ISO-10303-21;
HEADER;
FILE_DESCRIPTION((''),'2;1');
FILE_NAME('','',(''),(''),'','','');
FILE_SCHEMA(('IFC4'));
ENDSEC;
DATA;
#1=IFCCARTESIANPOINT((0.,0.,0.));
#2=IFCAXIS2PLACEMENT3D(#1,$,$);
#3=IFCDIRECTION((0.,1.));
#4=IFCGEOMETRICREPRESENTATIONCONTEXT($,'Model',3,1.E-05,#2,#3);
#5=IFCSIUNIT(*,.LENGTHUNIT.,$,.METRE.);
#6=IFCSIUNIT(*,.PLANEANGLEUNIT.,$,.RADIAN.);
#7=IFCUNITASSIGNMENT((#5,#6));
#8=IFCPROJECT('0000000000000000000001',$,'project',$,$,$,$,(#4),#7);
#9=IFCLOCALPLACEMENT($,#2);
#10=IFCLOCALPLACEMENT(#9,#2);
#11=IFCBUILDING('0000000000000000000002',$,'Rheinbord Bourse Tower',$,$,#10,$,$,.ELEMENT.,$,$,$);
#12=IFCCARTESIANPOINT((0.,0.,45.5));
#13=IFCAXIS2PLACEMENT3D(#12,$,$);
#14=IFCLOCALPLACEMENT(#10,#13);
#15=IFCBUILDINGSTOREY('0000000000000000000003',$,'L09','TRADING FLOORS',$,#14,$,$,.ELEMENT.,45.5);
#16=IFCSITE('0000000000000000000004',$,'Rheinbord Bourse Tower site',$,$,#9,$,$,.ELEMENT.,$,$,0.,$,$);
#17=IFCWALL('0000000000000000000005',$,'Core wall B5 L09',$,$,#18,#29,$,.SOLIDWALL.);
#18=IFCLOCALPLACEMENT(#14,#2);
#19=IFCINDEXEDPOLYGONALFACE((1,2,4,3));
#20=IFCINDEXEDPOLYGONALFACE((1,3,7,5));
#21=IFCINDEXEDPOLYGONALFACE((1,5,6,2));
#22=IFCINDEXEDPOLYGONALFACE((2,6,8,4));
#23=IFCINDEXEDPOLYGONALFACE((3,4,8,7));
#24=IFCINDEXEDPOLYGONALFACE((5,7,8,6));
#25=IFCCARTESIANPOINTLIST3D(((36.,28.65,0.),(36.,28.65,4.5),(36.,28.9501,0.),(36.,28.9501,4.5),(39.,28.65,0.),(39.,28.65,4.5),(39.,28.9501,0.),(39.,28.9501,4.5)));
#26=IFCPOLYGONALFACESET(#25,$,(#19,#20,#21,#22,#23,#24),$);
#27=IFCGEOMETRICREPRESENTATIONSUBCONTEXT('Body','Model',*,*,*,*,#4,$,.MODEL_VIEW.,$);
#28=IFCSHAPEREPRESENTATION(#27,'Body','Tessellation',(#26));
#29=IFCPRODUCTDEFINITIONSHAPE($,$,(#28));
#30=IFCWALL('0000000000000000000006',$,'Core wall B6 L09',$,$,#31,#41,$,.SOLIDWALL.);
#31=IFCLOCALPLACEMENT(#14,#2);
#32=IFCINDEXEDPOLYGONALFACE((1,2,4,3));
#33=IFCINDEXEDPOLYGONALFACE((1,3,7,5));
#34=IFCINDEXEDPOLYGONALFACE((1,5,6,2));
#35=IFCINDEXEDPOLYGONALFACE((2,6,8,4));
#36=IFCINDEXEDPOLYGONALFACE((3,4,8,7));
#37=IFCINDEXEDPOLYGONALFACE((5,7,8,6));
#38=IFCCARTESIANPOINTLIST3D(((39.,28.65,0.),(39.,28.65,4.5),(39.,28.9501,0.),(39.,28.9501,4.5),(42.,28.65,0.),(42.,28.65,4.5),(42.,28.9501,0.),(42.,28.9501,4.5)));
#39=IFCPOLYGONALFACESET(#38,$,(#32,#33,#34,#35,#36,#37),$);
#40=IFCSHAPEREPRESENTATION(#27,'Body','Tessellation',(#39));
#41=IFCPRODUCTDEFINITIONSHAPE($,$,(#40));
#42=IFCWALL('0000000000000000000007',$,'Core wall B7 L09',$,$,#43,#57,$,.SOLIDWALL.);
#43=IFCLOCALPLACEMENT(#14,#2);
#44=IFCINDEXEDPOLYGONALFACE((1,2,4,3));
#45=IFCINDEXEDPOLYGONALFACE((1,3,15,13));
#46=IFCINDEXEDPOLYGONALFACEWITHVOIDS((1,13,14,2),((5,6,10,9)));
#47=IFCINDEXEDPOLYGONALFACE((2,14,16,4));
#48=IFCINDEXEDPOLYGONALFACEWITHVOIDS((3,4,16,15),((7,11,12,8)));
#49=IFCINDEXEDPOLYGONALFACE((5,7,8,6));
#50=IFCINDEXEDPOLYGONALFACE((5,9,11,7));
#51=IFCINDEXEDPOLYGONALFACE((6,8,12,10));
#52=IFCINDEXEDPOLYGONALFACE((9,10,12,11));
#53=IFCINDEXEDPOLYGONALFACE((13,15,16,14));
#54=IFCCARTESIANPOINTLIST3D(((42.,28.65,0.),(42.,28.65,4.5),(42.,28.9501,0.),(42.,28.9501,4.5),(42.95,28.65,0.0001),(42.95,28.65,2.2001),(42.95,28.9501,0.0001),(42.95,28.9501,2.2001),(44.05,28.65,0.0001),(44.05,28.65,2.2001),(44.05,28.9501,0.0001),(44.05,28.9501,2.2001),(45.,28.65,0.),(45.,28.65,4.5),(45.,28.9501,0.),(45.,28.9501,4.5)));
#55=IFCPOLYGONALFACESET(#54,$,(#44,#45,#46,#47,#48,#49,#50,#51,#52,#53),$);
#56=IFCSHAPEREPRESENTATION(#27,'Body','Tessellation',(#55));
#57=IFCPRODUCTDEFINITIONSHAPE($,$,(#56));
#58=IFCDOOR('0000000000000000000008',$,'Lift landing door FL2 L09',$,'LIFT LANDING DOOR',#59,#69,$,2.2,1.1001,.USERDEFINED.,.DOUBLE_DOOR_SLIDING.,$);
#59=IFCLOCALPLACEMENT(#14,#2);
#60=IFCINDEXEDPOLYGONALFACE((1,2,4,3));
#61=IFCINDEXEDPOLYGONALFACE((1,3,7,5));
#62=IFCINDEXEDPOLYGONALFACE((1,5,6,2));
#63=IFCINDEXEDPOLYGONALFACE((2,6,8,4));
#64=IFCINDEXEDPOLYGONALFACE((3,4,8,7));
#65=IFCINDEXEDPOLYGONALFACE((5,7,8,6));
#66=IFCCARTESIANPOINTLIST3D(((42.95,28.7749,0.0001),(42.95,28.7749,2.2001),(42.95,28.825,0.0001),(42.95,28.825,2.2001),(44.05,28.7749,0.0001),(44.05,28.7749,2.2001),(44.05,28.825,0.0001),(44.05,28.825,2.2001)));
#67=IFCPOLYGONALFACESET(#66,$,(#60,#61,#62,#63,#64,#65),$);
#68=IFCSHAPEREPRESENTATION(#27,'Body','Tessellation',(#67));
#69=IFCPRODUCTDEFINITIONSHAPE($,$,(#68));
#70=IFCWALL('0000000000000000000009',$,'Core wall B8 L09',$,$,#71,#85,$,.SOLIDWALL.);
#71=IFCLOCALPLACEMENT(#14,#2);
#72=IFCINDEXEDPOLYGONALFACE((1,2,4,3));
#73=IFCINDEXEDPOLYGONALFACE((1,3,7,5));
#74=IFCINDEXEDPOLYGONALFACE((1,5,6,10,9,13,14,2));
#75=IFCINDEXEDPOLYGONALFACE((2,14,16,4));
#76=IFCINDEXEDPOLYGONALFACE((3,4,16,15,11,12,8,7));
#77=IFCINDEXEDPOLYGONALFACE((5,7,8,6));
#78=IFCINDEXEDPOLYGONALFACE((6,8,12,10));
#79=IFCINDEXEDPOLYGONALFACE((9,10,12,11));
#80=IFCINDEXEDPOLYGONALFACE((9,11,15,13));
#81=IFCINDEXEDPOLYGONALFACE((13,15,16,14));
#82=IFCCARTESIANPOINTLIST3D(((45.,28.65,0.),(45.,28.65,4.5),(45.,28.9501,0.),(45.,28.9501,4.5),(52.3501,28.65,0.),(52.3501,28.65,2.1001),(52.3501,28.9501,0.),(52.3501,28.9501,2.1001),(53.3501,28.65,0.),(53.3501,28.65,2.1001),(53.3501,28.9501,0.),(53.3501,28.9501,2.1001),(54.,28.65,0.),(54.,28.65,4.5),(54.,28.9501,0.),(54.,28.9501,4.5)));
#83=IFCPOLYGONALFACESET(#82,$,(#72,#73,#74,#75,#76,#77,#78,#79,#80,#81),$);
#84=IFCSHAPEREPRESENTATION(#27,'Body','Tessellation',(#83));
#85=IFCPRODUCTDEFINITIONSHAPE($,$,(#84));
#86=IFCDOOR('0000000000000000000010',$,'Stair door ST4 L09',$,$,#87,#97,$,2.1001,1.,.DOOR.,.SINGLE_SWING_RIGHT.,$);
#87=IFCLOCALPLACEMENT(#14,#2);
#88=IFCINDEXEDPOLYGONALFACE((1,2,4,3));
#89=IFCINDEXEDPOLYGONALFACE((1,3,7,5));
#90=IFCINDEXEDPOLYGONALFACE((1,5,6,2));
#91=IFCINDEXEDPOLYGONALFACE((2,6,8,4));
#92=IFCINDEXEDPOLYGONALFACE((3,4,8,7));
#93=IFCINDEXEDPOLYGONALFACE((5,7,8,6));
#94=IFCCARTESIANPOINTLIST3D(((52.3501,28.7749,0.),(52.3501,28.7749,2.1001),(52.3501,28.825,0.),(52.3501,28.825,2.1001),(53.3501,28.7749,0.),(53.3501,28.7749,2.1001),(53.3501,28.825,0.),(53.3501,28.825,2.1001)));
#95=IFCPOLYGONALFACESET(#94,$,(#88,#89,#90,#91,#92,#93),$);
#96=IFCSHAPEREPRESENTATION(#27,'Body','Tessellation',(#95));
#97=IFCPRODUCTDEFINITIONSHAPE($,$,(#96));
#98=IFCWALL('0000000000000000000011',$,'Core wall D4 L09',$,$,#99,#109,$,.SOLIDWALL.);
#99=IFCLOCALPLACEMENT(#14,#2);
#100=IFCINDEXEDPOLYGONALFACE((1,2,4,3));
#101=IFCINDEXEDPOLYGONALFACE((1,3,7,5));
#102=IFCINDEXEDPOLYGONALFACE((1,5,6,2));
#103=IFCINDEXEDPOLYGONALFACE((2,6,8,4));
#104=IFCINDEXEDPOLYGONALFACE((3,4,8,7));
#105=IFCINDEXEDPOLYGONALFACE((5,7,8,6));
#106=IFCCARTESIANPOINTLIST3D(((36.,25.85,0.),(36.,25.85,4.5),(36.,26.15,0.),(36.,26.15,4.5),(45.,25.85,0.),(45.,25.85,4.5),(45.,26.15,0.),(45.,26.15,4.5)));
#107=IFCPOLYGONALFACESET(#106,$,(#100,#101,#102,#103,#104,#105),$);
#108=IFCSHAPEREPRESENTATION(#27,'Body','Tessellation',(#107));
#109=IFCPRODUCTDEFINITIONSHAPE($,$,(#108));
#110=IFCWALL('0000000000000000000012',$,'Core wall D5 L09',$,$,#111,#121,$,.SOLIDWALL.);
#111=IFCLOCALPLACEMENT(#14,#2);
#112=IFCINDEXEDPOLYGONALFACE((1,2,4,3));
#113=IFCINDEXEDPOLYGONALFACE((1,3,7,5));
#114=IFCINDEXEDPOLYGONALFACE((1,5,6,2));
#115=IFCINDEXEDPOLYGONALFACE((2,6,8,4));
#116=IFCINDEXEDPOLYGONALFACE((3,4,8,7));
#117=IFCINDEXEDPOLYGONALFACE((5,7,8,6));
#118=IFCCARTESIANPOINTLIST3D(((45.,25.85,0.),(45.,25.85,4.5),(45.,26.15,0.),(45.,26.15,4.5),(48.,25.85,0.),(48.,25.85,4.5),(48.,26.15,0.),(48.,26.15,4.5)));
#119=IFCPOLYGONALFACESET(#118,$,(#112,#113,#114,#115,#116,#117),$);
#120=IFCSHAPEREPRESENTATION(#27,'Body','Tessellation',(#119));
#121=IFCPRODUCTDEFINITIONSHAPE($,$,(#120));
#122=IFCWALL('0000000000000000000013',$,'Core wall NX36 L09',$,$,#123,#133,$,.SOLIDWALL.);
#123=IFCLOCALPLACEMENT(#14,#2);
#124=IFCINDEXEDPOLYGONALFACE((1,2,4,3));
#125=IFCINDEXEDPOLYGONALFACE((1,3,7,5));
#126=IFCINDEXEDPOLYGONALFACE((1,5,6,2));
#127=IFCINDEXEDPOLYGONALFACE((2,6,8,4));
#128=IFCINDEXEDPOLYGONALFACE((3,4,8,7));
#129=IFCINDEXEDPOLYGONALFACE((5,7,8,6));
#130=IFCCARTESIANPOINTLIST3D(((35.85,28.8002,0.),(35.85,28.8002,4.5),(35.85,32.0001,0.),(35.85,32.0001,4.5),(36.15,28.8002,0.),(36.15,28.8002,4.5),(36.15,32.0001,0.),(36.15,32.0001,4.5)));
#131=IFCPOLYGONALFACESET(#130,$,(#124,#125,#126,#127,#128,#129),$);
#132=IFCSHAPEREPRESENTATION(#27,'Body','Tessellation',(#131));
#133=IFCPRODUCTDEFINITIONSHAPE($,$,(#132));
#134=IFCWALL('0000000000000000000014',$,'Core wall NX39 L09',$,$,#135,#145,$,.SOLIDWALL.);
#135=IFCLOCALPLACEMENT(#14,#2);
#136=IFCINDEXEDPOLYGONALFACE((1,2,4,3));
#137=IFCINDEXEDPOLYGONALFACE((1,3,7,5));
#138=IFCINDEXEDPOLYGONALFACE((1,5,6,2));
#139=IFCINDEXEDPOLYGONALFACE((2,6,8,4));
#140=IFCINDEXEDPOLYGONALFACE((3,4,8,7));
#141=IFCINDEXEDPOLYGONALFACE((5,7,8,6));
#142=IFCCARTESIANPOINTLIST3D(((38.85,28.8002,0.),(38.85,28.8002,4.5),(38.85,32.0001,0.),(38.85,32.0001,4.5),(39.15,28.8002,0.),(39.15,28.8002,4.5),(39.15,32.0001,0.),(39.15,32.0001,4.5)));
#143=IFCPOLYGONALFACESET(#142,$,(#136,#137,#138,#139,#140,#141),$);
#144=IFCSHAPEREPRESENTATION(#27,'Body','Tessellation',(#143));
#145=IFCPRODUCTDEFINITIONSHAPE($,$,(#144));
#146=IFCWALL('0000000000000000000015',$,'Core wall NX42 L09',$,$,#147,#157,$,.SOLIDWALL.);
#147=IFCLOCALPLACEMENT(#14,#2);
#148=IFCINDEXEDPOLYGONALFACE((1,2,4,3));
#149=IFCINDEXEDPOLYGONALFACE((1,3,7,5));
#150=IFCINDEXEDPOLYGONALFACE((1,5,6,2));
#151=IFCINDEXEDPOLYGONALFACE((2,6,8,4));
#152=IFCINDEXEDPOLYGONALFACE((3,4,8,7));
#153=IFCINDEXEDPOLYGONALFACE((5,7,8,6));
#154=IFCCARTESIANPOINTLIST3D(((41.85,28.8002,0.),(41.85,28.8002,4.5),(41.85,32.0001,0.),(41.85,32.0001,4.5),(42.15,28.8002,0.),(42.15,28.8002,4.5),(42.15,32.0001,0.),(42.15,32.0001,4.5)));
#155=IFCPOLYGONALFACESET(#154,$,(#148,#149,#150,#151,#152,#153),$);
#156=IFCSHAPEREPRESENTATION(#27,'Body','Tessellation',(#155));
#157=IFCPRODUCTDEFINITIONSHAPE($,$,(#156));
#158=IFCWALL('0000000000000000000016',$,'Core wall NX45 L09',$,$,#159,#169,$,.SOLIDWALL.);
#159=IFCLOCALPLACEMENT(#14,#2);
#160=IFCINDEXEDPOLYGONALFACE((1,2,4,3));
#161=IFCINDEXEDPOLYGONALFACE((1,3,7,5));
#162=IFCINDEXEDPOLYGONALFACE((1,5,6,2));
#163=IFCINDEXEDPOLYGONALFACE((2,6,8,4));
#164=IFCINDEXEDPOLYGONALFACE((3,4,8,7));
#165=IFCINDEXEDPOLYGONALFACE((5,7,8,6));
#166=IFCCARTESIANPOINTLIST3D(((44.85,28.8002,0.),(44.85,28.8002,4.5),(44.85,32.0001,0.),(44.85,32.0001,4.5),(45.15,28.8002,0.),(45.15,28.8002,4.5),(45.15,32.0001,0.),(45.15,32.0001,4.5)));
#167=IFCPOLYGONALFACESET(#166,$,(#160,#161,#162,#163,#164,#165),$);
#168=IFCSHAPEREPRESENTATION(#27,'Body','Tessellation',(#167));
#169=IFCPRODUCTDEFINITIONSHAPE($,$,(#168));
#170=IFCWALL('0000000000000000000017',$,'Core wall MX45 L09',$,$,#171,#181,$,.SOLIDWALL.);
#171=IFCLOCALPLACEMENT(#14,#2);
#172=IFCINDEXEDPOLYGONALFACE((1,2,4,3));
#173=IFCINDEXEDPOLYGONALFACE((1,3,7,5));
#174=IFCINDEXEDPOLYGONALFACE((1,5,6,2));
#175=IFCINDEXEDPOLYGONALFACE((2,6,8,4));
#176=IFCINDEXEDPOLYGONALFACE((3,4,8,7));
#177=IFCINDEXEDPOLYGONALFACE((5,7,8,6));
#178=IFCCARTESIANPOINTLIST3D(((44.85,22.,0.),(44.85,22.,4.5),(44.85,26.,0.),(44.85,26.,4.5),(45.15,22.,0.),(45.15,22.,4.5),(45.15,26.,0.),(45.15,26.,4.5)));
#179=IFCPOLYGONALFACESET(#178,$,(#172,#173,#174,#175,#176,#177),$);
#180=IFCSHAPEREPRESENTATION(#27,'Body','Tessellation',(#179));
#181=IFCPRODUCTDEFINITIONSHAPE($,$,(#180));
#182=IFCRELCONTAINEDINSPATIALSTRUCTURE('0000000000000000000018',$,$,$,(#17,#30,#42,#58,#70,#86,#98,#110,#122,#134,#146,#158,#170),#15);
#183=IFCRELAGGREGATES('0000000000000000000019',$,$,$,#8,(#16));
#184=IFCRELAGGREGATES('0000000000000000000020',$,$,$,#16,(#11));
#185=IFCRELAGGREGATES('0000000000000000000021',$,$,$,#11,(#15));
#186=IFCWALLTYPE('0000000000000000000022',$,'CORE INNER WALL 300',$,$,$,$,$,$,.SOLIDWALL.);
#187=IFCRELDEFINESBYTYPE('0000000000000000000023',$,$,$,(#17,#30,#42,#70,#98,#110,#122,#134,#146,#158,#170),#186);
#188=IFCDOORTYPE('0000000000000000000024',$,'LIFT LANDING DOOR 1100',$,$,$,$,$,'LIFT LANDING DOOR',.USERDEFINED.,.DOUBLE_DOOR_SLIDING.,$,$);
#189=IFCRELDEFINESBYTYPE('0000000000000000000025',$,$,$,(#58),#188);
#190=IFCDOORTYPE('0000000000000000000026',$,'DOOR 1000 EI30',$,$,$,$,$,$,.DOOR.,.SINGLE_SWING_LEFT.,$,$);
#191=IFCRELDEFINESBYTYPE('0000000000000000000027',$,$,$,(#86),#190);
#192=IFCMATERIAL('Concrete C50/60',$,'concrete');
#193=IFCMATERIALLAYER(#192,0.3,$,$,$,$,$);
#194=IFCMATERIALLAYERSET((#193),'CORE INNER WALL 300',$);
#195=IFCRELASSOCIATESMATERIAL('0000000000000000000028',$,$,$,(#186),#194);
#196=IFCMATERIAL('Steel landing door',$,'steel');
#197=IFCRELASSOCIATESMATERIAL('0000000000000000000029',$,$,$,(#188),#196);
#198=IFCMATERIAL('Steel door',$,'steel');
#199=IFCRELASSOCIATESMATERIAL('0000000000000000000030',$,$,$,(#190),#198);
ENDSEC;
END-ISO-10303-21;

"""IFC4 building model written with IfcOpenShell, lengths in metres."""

from ifc_helpers import new_model, si_unit, direction, frame, frame_2d, origin, place, context, subcontext, project, spatial, rectangle, extrude, material, layer, layer_set, type_object, element, fill, save


model = new_model("IFC4")

# Units and contexts
model_context = context("Model", 3, precision=1e-05, world=origin(), true_north=direction((0.0, 1.0)))
body_context = subcontext(model_context, "Body", "Model", "MODEL_VIEW")
ifc_project = project(units=[si_unit("LENGTHUNIT", "METRE"), si_unit("PLANEANGLEUNIT", "RADIAN")], contexts=[model_context])

# Site, building, storey
site_placement = place(None, origin())
site = spatial("IfcSite", under=ifc_project, at=site_placement, Name="Rheinbord Bourse Tower site", CompositionType="ELEMENT", RefElevation=0.0)
building_placement = place(site_placement, origin())
building = spatial("IfcBuilding", under=site, at=building_placement, Name="Rheinbord Bourse Tower", CompositionType="ELEMENT")
storey_placement = place(building_placement, frame((0.0, 0.0, 45.5)))
storey = spatial("IfcBuildingStorey", under=building, at=storey_placement, Name="L09", Description="TRADING FLOORS", CompositionType="ELEMENT", Elevation=45.5)

# Walls
ifc_material_1 = material(Name="Concrete C50/60", Category="concrete")
ifc_layer_1 = layer(ifc_material_1, 0.3)
ifc_layer_set_1 = layer_set([ifc_layer_1], Name="CORE INNER WALL 300")
wall_type_1 = type_object("IfcWallType", Name="CORE INNER WALL 300", PredefinedType="SOLIDWALL", material=ifc_layer_set_1)
for number, where, z_axis, x_axis, name in (
    (1, (36.0, 28.8, 0.0), (0.0, 0.0, 1.0), (1.0, 0.0, 0.0), "Core wall B5 L09"),
    (2, (39.0, 28.8, 0.0), (0.0, 0.0, 1.0), (1.0, 0.0, 0.0), "Core wall B6 L09"),
):
    element("IfcWall", number, at=place(storey_placement, frame(where, z_axis=z_axis, x_axis=x_axis)), inside=storey, type_object=wall_type_1, Name=name, PredefinedType="SOLIDWALL", context=body_context, shape_type="SweptSolid", body=[
        extrude(rectangle(XDim=3.0, YDim=0.3, at=frame_2d((1.5, 0.0))), origin(), (0.0, 0.0, 1.0), 4.5),
    ])

# Walls, openings, doors
wall_1_placement = place(storey_placement, frame((42.0, 28.8, 0.0), z_axis=(0.0, 0.0, 1.0), x_axis=(1.0, 0.0, 0.0)))
wall_1 = element("IfcWall", 3, at=wall_1_placement, inside=storey, type_object=wall_type_1, Name="Core wall B7 L09", PredefinedType="SOLIDWALL", context=body_context, shape_type="SweptSolid", body=[
    extrude(rectangle(XDim=3.0, YDim=0.3, at=frame_2d((1.5, 0.0))), origin(), (0.0, 0.0, 1.0), 4.5),
])
opening_1_placement = place(wall_1_placement, frame((0.95, 0.0, 0.0)))
opening_1 = element("IfcOpeningElement", 4, at=opening_1_placement, cuts=wall_1, PredefinedType="OPENING", context=body_context, shape_type="SweptSolid", body=[
    extrude(rectangle(XDim=1.1001, YDim=2.2, at=frame_2d((0.55, 1.1001))), frame((0.0, 0.1599, 0.0), z_axis=(0.0, -1.0, 0.0), x_axis=(1.0, 0.0, 0.0)), (0.0, 0.0, 1.0), 0.3201),
])
ifc_material_2 = material(Name="Steel landing door", Category="steel")
door_type_1 = type_object("IfcDoorType", Name="LIFT LANDING DOOR 1100", ElementType="LIFT LANDING DOOR", OperationType="DOUBLE_DOOR_SLIDING", PredefinedType="USERDEFINED", material=ifc_material_2)
door_1_placement = place(opening_1_placement, origin())
door_1 = element("IfcDoor", 5, at=door_1_placement, inside=storey, type_object=door_type_1, Name="Lift landing door FL2 L09", ObjectType="LIFT LANDING DOOR", OperationType="DOUBLE_DOOR_SLIDING", OverallHeight=2.2, OverallWidth=1.1001, PredefinedType="USERDEFINED", context=body_context, shape_type="SweptSolid", body=[
    extrude(rectangle(XDim=1.1001, YDim=2.2, at=frame_2d((0.55, 1.1001))), frame((0.0, 0.0249, 0.0), z_axis=(0.0, -1.0, 0.0), x_axis=(1.0, 0.0, 0.0)), (0.0, 0.0, 1.0), 0.05),
])
fill(opening_1, door_1)
wall_2_placement = place(storey_placement, frame((45.0, 28.8, 0.0), z_axis=(0.0, 0.0, 1.0), x_axis=(1.0, 0.0, 0.0)))
wall_2 = element("IfcWall", 6, at=wall_2_placement, inside=storey, type_object=wall_type_1, Name="Core wall B8 L09", PredefinedType="SOLIDWALL", context=body_context, shape_type="SweptSolid", body=[
    extrude(rectangle(XDim=9.0, YDim=0.3, at=frame_2d((4.5, 0.0))), origin(), (0.0, 0.0, 1.0), 4.5),
])
opening_2_placement = place(wall_2_placement, frame((7.3501, 0.0, 0.0)))
opening_2 = element("IfcOpeningElement", 7, at=opening_2_placement, cuts=wall_2, PredefinedType="OPENING", context=body_context, shape_type="SweptSolid", body=[
    extrude(rectangle(XDim=1.0, YDim=2.1001, at=frame_2d((0.5, 1.05))), frame((0.0, 0.1599, 0.0), z_axis=(0.0, -1.0, 0.0), x_axis=(1.0, 0.0, 0.0)), (0.0, 0.0, 1.0), 0.3201),
])
ifc_material_3 = material(Name="Steel door", Category="steel")
door_type_2 = type_object("IfcDoorType", Name="DOOR 1000 EI30", OperationType="SINGLE_SWING_LEFT", PredefinedType="DOOR", material=ifc_material_3)
door_2_placement = place(opening_2_placement, origin())
door_2 = element("IfcDoor", 8, at=door_2_placement, inside=storey, type_object=door_type_2, Name="Stair door ST4 L09", OperationType="SINGLE_SWING_RIGHT", OverallHeight=2.1001, OverallWidth=1.0, PredefinedType="DOOR", context=body_context, shape_type="SweptSolid", body=[
    extrude(rectangle(XDim=1.0, YDim=2.1001, at=frame_2d((0.5, 1.05))), frame((0.0, 0.0249, 0.0), z_axis=(0.0, -1.0, 0.0), x_axis=(1.0, 0.0, 0.0)), (0.0, 0.0, 1.0), 0.05),
])
fill(opening_2, door_2)

# Walls
wall_3_placement = place(storey_placement, frame((36.0, 26.0, 0.0), z_axis=(0.0, 0.0, 1.0), x_axis=(1.0, 0.0, 0.0)))
element("IfcWall", 9, at=wall_3_placement, inside=storey, type_object=wall_type_1, Name="Core wall D4 L09", PredefinedType="SOLIDWALL", context=body_context, shape_type="SweptSolid", body=[
    extrude(rectangle(XDim=9.0, YDim=0.3, at=frame_2d((4.5, 0.0))), origin(), (0.0, 0.0, 1.0), 4.5),
])
wall_4_placement = place(storey_placement, frame((45.0, 26.0, 0.0), z_axis=(0.0, 0.0, 1.0), x_axis=(1.0, 0.0, 0.0)))
element("IfcWall", 10, at=wall_4_placement, inside=storey, type_object=wall_type_1, Name="Core wall D5 L09", PredefinedType="SOLIDWALL", context=body_context, shape_type="SweptSolid", body=[
    extrude(rectangle(XDim=3.0, YDim=0.3, at=frame_2d((1.5, 0.0))), origin(), (0.0, 0.0, 1.0), 4.5),
])
for number, where, z_axis, x_axis, name in (
    (11, (36.0, 28.8, 0.0), (0.0, 0.0, 1.0), (0.0, 1.0, 0.0), "Core wall NX36 L09"),
    (12, (39.0, 28.8, 0.0), (0.0, 0.0, 1.0), (0.0, 1.0, 0.0), "Core wall NX39 L09"),
    (13, (42.0, 28.8, 0.0), (0.0, 0.0, 1.0), (0.0, 1.0, 0.0), "Core wall NX42 L09"),
    (14, (45.0, 28.8, 0.0), (0.0, 0.0, 1.0), (0.0, 1.0, 0.0), "Core wall NX45 L09"),
):
    element("IfcWall", number, at=place(storey_placement, frame(where, z_axis=z_axis, x_axis=x_axis)), inside=storey, type_object=wall_type_1, Name=name, PredefinedType="SOLIDWALL", context=body_context, shape_type="SweptSolid", body=[
        extrude(rectangle(XDim=3.2, YDim=0.3, at=frame_2d((1.6001, 0.0))), origin(), (0.0, 0.0, 1.0), 4.5),
    ])
wall_5_placement = place(storey_placement, frame((45.0, 22.0, 0.0), z_axis=(0.0, 0.0, 1.0), x_axis=(0.0, 1.0, 0.0)))
element("IfcWall", 15, at=wall_5_placement, inside=storey, type_object=wall_type_1, Name="Core wall MX45 L09", PredefinedType="SOLIDWALL", context=body_context, shape_type="SweptSolid", body=[
    extrude(rectangle(XDim=4.0, YDim=0.3, at=frame_2d((2.0, 0.0))), origin(), (0.0, 0.0, 1.0), 4.5),
])

save(model, "model.ifc")
